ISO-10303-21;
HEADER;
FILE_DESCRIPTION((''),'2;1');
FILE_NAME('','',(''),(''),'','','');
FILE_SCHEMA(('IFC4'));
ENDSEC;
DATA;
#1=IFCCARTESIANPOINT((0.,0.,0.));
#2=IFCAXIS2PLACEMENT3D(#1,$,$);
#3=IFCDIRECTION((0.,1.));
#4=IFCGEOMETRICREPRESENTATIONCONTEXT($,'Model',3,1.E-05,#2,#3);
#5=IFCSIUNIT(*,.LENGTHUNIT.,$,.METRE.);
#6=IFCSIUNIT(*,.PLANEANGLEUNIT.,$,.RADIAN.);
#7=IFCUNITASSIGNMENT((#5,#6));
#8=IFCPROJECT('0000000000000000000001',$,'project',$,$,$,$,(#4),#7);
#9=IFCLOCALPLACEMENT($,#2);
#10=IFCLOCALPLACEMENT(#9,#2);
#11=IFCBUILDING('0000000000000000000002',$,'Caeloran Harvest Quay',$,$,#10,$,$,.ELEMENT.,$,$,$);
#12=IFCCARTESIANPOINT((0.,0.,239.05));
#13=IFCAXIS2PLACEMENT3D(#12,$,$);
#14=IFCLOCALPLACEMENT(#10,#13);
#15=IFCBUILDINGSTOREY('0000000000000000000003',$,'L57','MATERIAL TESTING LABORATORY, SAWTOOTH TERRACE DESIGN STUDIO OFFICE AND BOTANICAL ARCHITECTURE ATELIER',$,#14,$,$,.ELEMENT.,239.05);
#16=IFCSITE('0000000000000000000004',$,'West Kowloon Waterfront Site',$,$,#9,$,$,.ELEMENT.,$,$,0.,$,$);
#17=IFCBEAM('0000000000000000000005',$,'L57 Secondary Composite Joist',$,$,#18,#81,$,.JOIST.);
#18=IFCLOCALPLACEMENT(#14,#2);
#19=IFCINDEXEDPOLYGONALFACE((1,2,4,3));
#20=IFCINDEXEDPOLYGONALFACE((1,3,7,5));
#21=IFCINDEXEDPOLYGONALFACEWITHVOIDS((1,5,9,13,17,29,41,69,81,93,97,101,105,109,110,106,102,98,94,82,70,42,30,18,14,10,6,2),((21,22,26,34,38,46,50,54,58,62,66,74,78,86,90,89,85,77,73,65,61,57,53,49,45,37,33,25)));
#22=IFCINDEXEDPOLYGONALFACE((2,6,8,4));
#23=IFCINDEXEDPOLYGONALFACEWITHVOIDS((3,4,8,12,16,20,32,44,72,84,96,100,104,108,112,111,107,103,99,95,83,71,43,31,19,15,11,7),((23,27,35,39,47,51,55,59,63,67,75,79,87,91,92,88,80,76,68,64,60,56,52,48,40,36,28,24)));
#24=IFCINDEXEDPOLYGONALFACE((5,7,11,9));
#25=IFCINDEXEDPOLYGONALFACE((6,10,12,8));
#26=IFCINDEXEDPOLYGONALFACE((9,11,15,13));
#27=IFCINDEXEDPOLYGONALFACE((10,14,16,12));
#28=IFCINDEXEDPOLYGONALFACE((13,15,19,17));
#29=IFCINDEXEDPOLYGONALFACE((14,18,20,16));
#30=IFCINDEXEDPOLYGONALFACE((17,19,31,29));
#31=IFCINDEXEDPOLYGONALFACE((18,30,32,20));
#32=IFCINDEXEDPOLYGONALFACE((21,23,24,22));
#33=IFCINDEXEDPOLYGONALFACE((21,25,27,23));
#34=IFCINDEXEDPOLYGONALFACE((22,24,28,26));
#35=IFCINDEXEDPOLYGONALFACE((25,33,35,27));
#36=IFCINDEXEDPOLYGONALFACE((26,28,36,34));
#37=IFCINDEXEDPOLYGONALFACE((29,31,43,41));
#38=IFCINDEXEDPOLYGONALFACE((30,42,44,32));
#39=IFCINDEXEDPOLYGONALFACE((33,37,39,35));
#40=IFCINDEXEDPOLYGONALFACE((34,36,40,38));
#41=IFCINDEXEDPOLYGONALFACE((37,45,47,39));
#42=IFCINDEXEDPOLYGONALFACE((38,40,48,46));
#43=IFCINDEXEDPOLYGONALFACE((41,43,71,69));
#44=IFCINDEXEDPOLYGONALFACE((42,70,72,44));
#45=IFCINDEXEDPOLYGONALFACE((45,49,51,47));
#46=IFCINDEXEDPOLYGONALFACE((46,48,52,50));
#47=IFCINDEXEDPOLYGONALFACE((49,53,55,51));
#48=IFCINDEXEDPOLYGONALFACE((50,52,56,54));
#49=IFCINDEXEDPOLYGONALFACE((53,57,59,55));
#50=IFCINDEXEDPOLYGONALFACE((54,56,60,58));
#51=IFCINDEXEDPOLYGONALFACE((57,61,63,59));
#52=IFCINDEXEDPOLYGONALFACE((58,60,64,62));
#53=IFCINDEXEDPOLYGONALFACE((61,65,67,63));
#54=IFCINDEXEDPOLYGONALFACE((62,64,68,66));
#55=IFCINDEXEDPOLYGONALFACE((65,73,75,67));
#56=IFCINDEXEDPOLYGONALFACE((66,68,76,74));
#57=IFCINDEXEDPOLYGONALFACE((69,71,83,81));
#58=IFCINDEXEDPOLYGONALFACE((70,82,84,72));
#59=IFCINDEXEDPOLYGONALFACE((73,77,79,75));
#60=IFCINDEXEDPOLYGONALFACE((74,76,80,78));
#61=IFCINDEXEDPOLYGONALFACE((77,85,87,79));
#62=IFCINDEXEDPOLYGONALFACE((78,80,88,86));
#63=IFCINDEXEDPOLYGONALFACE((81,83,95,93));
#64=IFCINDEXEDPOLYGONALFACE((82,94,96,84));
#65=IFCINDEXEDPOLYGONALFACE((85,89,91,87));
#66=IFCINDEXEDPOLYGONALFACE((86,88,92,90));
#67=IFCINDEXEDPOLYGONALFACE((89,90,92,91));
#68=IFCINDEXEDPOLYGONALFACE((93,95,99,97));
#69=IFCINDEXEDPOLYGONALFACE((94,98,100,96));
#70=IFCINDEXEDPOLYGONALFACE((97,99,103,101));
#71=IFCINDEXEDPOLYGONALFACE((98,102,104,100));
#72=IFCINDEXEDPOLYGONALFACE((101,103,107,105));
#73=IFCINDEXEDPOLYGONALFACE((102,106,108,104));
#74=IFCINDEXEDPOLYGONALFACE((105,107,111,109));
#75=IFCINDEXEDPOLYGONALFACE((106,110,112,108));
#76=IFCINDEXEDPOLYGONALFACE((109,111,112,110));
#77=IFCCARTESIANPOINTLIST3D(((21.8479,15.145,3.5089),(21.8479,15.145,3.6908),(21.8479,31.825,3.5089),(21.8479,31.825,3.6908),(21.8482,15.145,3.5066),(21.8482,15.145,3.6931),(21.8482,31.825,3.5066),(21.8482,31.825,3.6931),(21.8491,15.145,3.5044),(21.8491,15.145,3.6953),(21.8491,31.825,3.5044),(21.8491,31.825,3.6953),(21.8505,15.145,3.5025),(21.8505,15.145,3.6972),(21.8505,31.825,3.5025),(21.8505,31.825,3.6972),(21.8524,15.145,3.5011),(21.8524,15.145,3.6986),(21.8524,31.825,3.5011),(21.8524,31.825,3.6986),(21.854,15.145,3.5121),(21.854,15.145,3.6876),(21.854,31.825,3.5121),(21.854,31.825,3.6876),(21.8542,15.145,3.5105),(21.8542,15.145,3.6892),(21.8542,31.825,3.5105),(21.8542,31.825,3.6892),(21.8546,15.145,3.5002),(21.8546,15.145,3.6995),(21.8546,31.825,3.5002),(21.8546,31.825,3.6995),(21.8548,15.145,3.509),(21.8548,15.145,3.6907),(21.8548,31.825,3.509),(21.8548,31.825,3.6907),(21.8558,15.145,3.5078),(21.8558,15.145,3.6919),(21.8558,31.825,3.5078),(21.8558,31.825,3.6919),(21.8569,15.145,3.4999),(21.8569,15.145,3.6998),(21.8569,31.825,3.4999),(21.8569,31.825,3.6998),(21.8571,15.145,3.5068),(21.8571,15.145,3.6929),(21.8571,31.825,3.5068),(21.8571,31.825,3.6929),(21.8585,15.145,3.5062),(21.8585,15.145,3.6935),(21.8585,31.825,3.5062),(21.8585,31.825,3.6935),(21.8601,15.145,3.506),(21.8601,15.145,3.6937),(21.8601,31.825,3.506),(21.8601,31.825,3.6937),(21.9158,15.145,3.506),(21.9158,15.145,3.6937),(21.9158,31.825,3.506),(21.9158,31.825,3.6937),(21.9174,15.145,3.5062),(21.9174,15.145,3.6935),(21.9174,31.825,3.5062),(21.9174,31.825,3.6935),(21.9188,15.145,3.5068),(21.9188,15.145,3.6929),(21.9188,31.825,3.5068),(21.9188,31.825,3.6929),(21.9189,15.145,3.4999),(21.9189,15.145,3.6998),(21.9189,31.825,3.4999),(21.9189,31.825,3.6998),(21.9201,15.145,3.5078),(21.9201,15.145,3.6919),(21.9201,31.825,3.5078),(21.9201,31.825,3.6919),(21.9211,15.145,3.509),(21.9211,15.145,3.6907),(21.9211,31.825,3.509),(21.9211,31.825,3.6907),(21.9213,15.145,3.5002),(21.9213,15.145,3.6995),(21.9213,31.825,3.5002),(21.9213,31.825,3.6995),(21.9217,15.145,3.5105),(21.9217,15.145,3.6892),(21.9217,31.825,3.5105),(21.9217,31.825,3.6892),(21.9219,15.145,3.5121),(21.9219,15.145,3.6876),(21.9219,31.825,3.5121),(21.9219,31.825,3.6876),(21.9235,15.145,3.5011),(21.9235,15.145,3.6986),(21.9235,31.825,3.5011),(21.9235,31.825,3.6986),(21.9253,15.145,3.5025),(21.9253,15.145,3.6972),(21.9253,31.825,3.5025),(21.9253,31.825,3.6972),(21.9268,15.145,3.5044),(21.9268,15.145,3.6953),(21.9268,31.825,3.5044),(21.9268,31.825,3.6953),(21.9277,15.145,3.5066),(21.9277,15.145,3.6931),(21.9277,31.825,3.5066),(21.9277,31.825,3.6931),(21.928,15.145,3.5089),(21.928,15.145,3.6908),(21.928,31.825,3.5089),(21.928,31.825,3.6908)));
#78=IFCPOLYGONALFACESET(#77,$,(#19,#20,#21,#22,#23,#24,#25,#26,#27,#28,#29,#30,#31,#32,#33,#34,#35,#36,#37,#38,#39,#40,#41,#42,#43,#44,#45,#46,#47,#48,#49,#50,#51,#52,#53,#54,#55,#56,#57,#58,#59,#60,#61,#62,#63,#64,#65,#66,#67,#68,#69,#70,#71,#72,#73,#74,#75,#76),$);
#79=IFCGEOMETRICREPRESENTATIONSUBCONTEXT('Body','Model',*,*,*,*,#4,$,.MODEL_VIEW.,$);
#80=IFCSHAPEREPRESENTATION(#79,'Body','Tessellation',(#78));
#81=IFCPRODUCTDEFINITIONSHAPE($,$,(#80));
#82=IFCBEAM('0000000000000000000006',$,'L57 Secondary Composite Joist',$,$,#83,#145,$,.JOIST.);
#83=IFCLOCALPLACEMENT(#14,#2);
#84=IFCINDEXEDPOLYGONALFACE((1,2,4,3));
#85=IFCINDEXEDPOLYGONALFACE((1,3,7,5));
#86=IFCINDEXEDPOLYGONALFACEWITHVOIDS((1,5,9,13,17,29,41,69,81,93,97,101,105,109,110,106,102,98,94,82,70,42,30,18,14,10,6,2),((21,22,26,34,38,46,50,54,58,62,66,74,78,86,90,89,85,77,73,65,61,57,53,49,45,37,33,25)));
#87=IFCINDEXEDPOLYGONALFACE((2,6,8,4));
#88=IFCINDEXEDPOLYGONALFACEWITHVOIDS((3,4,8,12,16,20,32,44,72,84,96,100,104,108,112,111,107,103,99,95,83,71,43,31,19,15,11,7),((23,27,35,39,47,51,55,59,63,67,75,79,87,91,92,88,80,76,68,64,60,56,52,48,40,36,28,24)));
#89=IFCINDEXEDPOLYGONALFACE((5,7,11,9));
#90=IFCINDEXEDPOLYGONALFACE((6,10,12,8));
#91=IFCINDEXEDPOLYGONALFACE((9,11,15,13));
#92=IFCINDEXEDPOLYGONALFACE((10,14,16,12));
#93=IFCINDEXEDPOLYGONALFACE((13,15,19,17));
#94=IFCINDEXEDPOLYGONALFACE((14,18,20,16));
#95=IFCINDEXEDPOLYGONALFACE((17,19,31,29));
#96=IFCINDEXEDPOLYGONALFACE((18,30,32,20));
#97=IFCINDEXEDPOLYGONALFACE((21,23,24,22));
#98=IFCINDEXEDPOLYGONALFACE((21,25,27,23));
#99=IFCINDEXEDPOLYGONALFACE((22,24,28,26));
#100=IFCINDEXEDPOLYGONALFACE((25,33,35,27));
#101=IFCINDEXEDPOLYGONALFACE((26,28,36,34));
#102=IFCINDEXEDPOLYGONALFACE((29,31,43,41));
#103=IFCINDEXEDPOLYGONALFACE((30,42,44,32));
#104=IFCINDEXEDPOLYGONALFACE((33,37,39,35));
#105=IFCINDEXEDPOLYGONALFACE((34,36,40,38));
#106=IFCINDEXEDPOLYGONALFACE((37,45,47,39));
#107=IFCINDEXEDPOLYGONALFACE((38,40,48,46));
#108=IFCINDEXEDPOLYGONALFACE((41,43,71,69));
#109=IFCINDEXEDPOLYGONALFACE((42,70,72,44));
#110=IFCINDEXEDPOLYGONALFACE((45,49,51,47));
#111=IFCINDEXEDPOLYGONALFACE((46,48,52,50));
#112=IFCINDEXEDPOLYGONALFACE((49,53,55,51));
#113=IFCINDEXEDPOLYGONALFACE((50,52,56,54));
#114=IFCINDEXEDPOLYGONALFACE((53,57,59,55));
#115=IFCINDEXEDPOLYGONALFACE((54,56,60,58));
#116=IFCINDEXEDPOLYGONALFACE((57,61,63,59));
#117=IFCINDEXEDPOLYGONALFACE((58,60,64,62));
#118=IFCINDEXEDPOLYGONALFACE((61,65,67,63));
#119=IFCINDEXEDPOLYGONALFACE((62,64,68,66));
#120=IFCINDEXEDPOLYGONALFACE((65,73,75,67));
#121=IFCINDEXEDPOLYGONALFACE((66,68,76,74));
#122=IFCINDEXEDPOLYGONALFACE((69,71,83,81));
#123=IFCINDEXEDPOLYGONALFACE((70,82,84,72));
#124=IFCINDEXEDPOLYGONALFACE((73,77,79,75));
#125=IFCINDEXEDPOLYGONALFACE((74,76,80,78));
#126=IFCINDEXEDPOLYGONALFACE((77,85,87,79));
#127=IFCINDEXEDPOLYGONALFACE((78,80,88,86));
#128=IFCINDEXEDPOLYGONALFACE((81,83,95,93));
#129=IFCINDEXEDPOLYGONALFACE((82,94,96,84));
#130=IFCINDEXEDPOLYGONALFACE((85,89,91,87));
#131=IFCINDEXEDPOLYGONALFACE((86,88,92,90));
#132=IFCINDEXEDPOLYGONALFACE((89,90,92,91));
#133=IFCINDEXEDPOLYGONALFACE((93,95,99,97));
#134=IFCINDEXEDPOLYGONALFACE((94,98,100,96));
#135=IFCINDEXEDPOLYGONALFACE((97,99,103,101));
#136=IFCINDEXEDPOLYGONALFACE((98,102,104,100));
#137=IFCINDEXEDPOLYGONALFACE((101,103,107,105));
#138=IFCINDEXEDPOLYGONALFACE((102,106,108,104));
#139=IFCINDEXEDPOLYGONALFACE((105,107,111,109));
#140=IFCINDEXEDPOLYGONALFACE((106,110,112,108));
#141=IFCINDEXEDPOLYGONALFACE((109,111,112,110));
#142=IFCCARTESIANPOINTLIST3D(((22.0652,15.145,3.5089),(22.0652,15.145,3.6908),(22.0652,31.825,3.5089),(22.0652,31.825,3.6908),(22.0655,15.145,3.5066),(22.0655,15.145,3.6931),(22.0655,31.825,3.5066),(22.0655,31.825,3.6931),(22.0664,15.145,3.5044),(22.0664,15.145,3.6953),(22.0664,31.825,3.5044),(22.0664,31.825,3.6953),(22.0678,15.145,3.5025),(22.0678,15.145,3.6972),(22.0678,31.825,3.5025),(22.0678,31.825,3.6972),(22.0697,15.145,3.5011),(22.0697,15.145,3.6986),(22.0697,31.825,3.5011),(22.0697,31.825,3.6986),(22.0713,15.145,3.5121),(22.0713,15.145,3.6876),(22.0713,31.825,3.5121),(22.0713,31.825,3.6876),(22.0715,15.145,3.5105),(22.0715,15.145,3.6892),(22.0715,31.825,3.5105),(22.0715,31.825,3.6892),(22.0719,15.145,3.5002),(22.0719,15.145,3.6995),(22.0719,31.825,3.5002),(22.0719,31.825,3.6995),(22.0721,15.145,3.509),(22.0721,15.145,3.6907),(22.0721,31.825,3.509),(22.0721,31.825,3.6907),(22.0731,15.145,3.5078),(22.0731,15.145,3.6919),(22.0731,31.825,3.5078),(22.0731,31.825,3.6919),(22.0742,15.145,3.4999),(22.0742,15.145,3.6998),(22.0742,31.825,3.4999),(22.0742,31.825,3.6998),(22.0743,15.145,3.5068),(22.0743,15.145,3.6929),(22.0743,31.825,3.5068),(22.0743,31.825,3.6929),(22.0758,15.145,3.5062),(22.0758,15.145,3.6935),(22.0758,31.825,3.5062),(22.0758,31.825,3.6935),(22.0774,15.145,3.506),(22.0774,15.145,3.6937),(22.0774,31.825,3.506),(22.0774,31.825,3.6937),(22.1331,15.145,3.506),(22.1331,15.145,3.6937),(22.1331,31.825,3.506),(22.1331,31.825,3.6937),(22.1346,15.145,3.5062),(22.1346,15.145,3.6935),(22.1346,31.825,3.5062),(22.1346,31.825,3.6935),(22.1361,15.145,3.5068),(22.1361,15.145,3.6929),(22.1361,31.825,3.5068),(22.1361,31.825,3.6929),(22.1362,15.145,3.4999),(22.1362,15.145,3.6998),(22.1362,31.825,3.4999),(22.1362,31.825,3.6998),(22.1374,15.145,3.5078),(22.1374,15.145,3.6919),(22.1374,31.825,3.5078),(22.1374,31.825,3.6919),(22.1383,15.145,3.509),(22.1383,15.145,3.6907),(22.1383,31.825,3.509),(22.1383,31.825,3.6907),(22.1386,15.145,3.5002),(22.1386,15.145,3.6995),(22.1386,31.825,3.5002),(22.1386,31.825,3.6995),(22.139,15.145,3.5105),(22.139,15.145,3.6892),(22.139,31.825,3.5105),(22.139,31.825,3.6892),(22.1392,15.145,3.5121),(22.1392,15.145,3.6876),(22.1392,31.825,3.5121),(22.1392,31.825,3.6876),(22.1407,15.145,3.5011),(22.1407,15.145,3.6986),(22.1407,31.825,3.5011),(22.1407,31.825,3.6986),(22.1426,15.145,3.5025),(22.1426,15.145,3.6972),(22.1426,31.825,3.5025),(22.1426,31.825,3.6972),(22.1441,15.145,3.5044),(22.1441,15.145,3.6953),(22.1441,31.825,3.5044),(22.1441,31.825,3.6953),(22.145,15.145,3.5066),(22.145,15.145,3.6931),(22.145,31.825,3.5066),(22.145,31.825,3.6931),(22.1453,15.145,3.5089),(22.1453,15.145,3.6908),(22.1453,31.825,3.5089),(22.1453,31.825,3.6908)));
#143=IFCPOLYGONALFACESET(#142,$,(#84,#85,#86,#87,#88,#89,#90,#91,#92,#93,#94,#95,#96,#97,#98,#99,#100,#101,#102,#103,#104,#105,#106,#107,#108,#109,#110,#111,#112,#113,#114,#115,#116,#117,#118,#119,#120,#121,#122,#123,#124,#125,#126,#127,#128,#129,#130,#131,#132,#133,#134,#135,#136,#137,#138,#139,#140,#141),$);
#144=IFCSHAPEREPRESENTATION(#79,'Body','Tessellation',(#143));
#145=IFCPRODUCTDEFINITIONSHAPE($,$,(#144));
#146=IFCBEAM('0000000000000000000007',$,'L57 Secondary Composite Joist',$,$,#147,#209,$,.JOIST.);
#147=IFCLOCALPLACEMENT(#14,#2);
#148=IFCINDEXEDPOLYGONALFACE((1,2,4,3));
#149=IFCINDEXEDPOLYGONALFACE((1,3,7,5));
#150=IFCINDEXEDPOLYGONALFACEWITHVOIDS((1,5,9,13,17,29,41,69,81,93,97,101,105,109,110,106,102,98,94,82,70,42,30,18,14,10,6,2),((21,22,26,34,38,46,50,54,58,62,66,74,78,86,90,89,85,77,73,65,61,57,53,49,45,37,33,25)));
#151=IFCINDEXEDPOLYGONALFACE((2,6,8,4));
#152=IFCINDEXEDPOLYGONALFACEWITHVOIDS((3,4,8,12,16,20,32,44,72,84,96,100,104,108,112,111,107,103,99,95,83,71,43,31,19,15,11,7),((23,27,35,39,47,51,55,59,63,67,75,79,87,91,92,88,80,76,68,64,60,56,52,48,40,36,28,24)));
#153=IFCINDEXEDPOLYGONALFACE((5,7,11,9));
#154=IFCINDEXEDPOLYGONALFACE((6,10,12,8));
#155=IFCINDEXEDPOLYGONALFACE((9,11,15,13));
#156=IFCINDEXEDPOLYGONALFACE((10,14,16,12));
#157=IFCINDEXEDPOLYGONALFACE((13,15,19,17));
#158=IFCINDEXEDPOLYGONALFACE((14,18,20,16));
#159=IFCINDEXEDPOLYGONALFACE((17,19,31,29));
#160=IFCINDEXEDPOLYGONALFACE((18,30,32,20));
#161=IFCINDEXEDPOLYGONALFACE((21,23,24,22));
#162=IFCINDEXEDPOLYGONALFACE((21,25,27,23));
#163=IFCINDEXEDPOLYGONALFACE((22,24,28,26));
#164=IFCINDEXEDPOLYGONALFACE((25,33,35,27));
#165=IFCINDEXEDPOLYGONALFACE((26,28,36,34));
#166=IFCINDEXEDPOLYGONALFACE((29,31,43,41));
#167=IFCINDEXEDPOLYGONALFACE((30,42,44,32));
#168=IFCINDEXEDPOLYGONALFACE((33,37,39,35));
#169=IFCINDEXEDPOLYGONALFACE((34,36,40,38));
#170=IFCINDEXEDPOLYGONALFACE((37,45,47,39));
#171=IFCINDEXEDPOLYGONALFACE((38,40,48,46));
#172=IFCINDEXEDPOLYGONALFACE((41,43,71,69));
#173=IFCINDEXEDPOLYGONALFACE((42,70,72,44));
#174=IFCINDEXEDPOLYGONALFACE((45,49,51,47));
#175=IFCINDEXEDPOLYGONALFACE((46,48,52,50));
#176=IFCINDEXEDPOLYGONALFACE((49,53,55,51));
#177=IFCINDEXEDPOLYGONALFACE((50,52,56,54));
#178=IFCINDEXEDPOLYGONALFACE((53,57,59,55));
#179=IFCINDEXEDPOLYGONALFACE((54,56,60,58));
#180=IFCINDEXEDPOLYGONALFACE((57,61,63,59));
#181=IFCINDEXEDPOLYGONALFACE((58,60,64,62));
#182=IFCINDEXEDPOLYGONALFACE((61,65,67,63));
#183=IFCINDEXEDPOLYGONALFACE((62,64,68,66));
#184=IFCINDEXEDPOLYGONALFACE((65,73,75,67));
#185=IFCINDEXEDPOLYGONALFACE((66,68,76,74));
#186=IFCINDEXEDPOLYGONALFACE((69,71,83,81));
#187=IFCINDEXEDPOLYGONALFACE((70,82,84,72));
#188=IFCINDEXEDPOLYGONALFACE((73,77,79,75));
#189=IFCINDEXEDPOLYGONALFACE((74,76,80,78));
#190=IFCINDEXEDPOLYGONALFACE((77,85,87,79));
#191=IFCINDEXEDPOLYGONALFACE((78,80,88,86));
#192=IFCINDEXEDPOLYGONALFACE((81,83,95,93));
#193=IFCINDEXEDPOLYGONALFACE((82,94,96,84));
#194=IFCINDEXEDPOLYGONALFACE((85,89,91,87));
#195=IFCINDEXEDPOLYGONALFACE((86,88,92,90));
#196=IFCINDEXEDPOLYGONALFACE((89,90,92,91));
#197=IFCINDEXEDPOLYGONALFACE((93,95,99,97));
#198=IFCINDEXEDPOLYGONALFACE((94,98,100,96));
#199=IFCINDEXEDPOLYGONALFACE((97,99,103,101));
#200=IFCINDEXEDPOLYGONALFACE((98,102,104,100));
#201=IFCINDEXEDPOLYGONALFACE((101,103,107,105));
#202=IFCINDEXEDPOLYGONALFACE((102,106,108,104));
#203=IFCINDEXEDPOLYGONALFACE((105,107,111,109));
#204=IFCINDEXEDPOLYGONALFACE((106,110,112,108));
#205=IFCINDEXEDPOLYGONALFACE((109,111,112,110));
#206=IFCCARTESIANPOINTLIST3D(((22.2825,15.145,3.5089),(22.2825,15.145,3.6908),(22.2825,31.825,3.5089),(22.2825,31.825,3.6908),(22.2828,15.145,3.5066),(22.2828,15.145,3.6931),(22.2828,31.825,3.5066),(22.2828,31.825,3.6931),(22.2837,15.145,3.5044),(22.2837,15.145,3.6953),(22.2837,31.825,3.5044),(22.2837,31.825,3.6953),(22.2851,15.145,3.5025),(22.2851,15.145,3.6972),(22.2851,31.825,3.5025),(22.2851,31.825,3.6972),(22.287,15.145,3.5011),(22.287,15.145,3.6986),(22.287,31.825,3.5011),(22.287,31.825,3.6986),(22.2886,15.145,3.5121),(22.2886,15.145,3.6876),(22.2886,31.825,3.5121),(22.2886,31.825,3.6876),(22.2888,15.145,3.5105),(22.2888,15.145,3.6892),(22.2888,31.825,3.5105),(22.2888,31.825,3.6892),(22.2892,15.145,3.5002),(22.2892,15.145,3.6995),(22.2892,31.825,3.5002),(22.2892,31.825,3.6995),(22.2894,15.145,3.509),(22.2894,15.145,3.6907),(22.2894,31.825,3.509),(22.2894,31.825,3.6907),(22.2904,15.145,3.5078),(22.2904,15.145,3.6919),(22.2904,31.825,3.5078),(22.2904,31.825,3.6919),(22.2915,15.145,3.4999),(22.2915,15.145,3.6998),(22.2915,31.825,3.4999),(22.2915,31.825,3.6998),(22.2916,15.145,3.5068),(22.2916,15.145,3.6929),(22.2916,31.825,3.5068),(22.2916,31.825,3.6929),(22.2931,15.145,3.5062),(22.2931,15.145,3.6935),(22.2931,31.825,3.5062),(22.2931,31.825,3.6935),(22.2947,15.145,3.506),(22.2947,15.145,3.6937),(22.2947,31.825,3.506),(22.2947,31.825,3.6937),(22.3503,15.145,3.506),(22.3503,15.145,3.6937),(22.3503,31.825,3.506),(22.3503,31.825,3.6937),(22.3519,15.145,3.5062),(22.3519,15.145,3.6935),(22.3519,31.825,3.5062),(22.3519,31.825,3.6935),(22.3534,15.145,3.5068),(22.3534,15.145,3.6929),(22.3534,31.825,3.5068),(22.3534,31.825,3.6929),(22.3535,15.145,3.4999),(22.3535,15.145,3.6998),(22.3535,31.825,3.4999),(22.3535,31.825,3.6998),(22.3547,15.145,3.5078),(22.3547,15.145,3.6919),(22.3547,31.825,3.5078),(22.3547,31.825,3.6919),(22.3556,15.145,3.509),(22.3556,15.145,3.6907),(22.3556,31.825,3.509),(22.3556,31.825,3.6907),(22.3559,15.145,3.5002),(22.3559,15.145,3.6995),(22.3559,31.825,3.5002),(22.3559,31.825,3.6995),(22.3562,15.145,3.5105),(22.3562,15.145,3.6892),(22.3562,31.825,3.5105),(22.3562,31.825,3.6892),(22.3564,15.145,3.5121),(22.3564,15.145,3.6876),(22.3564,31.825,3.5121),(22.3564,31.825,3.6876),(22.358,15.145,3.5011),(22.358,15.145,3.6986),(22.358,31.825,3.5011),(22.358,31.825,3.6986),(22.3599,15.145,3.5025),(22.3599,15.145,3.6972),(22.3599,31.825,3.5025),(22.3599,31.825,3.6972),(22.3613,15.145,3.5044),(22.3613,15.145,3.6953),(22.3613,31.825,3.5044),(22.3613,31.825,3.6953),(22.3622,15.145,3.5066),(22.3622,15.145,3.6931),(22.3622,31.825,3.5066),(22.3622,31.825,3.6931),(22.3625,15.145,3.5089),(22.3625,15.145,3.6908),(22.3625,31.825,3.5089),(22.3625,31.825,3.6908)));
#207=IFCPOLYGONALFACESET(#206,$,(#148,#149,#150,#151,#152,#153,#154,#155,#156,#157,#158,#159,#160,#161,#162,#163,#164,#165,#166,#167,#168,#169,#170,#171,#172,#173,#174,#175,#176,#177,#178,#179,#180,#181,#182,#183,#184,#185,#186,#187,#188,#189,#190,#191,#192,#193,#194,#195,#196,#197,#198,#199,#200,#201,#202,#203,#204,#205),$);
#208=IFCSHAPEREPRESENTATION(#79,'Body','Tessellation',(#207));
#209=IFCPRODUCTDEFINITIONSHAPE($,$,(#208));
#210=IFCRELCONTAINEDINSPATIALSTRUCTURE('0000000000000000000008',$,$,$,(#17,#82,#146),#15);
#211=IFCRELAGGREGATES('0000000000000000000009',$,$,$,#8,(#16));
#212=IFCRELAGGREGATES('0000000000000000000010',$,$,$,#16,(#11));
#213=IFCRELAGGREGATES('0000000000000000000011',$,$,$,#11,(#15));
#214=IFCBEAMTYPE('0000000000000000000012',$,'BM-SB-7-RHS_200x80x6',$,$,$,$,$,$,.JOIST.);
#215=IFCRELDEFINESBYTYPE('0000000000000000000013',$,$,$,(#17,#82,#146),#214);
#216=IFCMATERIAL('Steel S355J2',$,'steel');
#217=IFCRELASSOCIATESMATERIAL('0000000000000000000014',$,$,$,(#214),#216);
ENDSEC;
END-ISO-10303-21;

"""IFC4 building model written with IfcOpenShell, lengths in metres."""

from ifc_helpers import new_model, si_unit, direction, frame, origin, origin_2d, place, context, subcontext, project, spatial, hollow_rectangle, extrude, material, material_profile, profile_set, type_object, element, save


model = new_model("IFC4")

# Units and contexts
model_context = context("Model", 3, precision=1e-05, world=origin(), true_north=direction((0.0, 1.0)))
body_context = subcontext(model_context, "Body", "Model", "MODEL_VIEW")
ifc_project = project(units=[si_unit("LENGTHUNIT", "METRE"), si_unit("PLANEANGLEUNIT", "RADIAN")], contexts=[model_context])

# Site, building, storey
site_placement = place(None, origin())
site = spatial("IfcSite", under=ifc_project, at=site_placement, Name="West Kowloon Waterfront Site", CompositionType="ELEMENT", RefElevation=0.0)
building_placement = place(site_placement, origin())
building = spatial("IfcBuilding", under=site, at=building_placement, Name="Caeloran Harvest Quay", CompositionType="ELEMENT")
storey_placement = place(building_placement, frame((0.0, 0.0, 239.05)))
storey = spatial("IfcBuildingStorey", under=building, at=storey_placement, Name="L57", Description="MATERIAL TESTING LABORATORY, SAWTOOTH TERRACE DESIGN STUDIO OFFICE AND BOTANICAL ARCHITECTURE ATELIER", CompositionType="ELEMENT", Elevation=239.05)

# Beams
ifc_material_1 = material(Name="Steel S355J2", Category="steel")
ifc_material_profile_1 = material_profile(ifc_material_1, hollow_rectangle(XDim=0.0801, YDim=0.2, WallThickness=0.0061, InnerFilletRadius=0.0061, OuterFilletRadius=0.009, at=origin_2d()), Name="RHS 200x80x6")
ifc_profile_set_1 = profile_set([ifc_material_profile_1], Name="Steel S355J2")
beam_type_1 = type_object("IfcBeamType", Name="BM-SB-7-RHS_200x80x6", PredefinedType="JOIST", material=ifc_profile_set_1)
for number, where, z_axis, x_axis, name in (
    (1, (21.8879, 15.145, 3.5999), (0.0, 1.0, 0.0), (-1.0, 0.0, 0.0), "L57 Secondary Composite Joist"),
    (2, (22.1052, 15.145, 3.5999), (0.0, 1.0, 0.0), (-1.0, 0.0, 0.0), "L57 Secondary Composite Joist"),
    (3, (22.3225, 15.145, 3.5999), (0.0, 1.0, 0.0), (-1.0, 0.0, 0.0), "L57 Secondary Composite Joist"),
):
    element("IfcBeam", number, at=place(storey_placement, frame(where, z_axis=z_axis, x_axis=x_axis)), inside=storey, type_object=beam_type_1, Name=name, PredefinedType="JOIST", context=body_context, shape_type="SweptSolid", body=[
        extrude(hollow_rectangle(XDim=0.0801, YDim=0.2, WallThickness=0.0061, InnerFilletRadius=0.0061, OuterFilletRadius=0.009, at=origin_2d()), origin(), (0.0, 0.0, 1.0), 16.6799),
    ])

save(model, "model.ifc")
